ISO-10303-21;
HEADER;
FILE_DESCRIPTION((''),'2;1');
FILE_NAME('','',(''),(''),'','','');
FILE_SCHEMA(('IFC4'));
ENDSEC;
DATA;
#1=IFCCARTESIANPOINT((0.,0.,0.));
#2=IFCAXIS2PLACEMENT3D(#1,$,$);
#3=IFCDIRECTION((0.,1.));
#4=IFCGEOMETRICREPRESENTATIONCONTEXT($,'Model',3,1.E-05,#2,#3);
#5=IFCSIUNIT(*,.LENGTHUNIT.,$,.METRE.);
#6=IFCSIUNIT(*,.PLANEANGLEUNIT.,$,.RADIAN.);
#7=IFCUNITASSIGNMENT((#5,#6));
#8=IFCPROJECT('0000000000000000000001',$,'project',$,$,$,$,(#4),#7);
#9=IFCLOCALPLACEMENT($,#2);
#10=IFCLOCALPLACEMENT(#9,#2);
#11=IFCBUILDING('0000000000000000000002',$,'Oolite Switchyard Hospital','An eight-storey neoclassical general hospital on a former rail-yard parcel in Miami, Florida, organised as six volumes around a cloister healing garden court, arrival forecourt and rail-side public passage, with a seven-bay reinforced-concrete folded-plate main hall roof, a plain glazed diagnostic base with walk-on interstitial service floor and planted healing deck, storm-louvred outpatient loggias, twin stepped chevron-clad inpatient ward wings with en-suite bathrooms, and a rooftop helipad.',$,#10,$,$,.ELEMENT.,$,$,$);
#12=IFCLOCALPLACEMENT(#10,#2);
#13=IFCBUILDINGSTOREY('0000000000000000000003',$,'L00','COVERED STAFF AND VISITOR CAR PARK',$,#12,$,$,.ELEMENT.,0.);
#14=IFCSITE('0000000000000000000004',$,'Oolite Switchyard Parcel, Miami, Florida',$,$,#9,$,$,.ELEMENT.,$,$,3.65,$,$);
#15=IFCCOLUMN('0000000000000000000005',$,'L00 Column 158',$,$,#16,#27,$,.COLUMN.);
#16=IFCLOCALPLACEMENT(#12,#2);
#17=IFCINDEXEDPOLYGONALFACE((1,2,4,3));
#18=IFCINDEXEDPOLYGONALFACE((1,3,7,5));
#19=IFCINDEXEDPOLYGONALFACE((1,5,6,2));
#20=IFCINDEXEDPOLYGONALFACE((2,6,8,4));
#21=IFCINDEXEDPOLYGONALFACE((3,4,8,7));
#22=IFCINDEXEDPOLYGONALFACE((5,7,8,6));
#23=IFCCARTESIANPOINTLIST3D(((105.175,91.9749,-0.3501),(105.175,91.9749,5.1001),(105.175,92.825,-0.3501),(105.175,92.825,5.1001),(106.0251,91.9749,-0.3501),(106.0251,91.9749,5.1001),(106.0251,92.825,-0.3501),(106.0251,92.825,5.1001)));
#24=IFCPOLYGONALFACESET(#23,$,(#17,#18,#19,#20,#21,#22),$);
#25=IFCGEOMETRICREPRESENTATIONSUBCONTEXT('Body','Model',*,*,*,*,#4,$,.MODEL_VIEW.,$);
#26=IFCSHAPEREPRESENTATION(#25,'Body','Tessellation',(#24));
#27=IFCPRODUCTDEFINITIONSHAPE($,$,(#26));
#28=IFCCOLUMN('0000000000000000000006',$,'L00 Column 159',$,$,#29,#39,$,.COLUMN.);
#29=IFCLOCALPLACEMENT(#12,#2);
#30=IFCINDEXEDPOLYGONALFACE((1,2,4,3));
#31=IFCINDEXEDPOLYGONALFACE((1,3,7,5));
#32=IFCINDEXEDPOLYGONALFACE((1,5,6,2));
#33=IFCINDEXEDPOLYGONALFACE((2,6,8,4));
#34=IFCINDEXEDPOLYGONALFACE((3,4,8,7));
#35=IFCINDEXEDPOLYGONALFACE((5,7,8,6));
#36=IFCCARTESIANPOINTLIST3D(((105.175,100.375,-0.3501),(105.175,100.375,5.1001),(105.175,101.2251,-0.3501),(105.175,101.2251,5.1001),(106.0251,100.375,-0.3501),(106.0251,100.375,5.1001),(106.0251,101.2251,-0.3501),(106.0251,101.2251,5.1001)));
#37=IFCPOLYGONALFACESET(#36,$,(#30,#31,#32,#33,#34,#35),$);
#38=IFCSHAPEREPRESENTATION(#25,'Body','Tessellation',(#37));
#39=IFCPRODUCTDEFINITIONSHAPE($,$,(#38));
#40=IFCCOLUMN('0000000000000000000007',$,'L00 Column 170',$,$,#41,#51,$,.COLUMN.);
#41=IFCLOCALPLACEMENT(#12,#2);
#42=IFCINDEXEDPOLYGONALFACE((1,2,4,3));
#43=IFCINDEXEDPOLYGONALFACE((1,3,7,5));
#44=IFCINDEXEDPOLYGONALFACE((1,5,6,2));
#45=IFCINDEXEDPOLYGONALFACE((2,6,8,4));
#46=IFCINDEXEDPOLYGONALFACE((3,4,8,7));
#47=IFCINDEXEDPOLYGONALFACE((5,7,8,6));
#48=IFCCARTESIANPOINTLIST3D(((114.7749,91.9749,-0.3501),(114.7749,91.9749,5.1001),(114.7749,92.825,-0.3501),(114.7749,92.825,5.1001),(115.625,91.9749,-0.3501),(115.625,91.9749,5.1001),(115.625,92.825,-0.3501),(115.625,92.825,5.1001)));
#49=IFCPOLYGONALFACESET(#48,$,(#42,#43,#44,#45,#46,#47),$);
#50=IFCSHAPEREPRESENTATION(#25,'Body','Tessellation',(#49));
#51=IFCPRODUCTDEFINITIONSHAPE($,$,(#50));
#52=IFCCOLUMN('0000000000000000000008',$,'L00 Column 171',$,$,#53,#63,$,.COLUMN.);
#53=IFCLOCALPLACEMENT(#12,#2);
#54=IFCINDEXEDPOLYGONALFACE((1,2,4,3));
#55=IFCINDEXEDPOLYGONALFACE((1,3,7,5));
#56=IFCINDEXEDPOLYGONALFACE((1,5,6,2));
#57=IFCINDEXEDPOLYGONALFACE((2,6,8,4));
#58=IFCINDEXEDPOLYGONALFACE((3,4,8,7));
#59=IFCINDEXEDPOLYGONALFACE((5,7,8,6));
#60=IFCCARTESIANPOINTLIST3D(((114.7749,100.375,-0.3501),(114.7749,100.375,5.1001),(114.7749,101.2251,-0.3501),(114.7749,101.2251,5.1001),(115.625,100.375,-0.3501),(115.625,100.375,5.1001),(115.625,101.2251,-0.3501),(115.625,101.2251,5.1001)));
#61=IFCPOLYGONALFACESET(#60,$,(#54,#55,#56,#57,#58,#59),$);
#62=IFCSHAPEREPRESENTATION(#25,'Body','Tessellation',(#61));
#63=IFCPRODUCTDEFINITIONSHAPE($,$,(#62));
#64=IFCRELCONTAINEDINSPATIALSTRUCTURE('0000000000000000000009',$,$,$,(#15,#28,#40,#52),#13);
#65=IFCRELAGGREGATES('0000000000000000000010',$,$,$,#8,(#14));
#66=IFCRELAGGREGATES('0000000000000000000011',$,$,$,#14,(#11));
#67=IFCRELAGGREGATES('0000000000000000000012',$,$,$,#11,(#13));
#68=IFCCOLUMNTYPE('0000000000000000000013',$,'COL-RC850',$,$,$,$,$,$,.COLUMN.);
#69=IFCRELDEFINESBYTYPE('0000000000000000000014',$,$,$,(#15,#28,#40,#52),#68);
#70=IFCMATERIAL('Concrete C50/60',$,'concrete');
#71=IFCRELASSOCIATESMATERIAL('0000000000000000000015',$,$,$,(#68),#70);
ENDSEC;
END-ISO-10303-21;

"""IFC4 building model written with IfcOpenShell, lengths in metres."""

from ifc_helpers import new_model, si_unit, direction, frame, origin, origin_2d, place, context, subcontext, project, spatial, rectangle, extrude, material, material_profile, profile_set, type_object, element, save


model = new_model("IFC4")

# Units and contexts
model_context = context("Model", 3, precision=1e-05, world=origin(), true_north=direction((0.0, 1.0)))
body_context = subcontext(model_context, "Body", "Model", "MODEL_VIEW")
ifc_project = project(units=[si_unit("LENGTHUNIT", "METRE"), si_unit("PLANEANGLEUNIT", "RADIAN")], contexts=[model_context])

# Site, building, storey
site_placement = place(None, origin())
site = spatial("IfcSite", under=ifc_project, at=site_placement, Name="Oolite Switchyard Parcel, Miami, Florida", CompositionType="ELEMENT", RefElevation=3.65)
building_placement = place(site_placement, origin())
building = spatial("IfcBuilding", under=site, at=building_placement, Name="Oolite Switchyard Hospital", Description="An eight-storey neoclassical general hospital on a former rail-yard parcel in Miami, Florida, organised as six volumes around a cloister healing garden court, arrival forecourt and rail-side public passage, with a seven-bay reinforced-concrete folded-plate main hall roof, a plain glazed diagnostic base with walk-on interstitial service floor and planted healing deck, storm-louvred outpatient loggias, twin stepped chevron-clad inpatient ward wings with en-suite bathrooms, and a rooftop helipad.", CompositionType="ELEMENT")
storey_placement = place(building_placement, origin())
storey = spatial("IfcBuildingStorey", under=building, at=storey_placement, Name="L00", Description="COVERED STAFF AND VISITOR CAR PARK", CompositionType="ELEMENT", Elevation=0.0)

# Columns
ifc_material_1 = material(Name="Concrete C50/60", Category="concrete")
ifc_material_profile_1 = material_profile(ifc_material_1, rectangle(XDim=0.8501, YDim=0.8501, at=origin_2d()), Name="RC850X850")
ifc_profile_set_1 = profile_set([ifc_material_profile_1], Name="Concrete C50/60")
column_type = type_object("IfcColumnType", Name="COL-RC850", PredefinedType="COLUMN", material=ifc_profile_set_1)
for number, where, z_axis, x_axis, name in (
    (1, (105.6001, 92.3999, -0.3501), (0.0, 0.0, 1.0), (1.0, 0.0, 0.0), "L00 Column 158"),
    (2, (105.6001, 100.8, -0.3501), (0.0, 0.0, 1.0), (1.0, 0.0, 0.0), "L00 Column 159"),
    (3, (115.2, 92.3999, -0.3501), (0.0, 0.0, 1.0), (1.0, 0.0, 0.0), "L00 Column 170"),
    (4, (115.2, 100.8, -0.3501), (0.0, 0.0, 1.0), (1.0, 0.0, 0.0), "L00 Column 171"),
):
    element("IfcColumn", number, at=place(storey_placement, frame(where, z_axis=z_axis, x_axis=x_axis)), inside=storey, type_object=column_type, Name=name, PredefinedType="COLUMN", context=body_context, shape_type="SweptSolid", body=[
        extrude(rectangle(XDim=0.8501, YDim=0.8501, at=origin_2d()), origin(), (0.0, 0.0, 1.0), 5.4502),
    ])

save(model, "model.ifc")
